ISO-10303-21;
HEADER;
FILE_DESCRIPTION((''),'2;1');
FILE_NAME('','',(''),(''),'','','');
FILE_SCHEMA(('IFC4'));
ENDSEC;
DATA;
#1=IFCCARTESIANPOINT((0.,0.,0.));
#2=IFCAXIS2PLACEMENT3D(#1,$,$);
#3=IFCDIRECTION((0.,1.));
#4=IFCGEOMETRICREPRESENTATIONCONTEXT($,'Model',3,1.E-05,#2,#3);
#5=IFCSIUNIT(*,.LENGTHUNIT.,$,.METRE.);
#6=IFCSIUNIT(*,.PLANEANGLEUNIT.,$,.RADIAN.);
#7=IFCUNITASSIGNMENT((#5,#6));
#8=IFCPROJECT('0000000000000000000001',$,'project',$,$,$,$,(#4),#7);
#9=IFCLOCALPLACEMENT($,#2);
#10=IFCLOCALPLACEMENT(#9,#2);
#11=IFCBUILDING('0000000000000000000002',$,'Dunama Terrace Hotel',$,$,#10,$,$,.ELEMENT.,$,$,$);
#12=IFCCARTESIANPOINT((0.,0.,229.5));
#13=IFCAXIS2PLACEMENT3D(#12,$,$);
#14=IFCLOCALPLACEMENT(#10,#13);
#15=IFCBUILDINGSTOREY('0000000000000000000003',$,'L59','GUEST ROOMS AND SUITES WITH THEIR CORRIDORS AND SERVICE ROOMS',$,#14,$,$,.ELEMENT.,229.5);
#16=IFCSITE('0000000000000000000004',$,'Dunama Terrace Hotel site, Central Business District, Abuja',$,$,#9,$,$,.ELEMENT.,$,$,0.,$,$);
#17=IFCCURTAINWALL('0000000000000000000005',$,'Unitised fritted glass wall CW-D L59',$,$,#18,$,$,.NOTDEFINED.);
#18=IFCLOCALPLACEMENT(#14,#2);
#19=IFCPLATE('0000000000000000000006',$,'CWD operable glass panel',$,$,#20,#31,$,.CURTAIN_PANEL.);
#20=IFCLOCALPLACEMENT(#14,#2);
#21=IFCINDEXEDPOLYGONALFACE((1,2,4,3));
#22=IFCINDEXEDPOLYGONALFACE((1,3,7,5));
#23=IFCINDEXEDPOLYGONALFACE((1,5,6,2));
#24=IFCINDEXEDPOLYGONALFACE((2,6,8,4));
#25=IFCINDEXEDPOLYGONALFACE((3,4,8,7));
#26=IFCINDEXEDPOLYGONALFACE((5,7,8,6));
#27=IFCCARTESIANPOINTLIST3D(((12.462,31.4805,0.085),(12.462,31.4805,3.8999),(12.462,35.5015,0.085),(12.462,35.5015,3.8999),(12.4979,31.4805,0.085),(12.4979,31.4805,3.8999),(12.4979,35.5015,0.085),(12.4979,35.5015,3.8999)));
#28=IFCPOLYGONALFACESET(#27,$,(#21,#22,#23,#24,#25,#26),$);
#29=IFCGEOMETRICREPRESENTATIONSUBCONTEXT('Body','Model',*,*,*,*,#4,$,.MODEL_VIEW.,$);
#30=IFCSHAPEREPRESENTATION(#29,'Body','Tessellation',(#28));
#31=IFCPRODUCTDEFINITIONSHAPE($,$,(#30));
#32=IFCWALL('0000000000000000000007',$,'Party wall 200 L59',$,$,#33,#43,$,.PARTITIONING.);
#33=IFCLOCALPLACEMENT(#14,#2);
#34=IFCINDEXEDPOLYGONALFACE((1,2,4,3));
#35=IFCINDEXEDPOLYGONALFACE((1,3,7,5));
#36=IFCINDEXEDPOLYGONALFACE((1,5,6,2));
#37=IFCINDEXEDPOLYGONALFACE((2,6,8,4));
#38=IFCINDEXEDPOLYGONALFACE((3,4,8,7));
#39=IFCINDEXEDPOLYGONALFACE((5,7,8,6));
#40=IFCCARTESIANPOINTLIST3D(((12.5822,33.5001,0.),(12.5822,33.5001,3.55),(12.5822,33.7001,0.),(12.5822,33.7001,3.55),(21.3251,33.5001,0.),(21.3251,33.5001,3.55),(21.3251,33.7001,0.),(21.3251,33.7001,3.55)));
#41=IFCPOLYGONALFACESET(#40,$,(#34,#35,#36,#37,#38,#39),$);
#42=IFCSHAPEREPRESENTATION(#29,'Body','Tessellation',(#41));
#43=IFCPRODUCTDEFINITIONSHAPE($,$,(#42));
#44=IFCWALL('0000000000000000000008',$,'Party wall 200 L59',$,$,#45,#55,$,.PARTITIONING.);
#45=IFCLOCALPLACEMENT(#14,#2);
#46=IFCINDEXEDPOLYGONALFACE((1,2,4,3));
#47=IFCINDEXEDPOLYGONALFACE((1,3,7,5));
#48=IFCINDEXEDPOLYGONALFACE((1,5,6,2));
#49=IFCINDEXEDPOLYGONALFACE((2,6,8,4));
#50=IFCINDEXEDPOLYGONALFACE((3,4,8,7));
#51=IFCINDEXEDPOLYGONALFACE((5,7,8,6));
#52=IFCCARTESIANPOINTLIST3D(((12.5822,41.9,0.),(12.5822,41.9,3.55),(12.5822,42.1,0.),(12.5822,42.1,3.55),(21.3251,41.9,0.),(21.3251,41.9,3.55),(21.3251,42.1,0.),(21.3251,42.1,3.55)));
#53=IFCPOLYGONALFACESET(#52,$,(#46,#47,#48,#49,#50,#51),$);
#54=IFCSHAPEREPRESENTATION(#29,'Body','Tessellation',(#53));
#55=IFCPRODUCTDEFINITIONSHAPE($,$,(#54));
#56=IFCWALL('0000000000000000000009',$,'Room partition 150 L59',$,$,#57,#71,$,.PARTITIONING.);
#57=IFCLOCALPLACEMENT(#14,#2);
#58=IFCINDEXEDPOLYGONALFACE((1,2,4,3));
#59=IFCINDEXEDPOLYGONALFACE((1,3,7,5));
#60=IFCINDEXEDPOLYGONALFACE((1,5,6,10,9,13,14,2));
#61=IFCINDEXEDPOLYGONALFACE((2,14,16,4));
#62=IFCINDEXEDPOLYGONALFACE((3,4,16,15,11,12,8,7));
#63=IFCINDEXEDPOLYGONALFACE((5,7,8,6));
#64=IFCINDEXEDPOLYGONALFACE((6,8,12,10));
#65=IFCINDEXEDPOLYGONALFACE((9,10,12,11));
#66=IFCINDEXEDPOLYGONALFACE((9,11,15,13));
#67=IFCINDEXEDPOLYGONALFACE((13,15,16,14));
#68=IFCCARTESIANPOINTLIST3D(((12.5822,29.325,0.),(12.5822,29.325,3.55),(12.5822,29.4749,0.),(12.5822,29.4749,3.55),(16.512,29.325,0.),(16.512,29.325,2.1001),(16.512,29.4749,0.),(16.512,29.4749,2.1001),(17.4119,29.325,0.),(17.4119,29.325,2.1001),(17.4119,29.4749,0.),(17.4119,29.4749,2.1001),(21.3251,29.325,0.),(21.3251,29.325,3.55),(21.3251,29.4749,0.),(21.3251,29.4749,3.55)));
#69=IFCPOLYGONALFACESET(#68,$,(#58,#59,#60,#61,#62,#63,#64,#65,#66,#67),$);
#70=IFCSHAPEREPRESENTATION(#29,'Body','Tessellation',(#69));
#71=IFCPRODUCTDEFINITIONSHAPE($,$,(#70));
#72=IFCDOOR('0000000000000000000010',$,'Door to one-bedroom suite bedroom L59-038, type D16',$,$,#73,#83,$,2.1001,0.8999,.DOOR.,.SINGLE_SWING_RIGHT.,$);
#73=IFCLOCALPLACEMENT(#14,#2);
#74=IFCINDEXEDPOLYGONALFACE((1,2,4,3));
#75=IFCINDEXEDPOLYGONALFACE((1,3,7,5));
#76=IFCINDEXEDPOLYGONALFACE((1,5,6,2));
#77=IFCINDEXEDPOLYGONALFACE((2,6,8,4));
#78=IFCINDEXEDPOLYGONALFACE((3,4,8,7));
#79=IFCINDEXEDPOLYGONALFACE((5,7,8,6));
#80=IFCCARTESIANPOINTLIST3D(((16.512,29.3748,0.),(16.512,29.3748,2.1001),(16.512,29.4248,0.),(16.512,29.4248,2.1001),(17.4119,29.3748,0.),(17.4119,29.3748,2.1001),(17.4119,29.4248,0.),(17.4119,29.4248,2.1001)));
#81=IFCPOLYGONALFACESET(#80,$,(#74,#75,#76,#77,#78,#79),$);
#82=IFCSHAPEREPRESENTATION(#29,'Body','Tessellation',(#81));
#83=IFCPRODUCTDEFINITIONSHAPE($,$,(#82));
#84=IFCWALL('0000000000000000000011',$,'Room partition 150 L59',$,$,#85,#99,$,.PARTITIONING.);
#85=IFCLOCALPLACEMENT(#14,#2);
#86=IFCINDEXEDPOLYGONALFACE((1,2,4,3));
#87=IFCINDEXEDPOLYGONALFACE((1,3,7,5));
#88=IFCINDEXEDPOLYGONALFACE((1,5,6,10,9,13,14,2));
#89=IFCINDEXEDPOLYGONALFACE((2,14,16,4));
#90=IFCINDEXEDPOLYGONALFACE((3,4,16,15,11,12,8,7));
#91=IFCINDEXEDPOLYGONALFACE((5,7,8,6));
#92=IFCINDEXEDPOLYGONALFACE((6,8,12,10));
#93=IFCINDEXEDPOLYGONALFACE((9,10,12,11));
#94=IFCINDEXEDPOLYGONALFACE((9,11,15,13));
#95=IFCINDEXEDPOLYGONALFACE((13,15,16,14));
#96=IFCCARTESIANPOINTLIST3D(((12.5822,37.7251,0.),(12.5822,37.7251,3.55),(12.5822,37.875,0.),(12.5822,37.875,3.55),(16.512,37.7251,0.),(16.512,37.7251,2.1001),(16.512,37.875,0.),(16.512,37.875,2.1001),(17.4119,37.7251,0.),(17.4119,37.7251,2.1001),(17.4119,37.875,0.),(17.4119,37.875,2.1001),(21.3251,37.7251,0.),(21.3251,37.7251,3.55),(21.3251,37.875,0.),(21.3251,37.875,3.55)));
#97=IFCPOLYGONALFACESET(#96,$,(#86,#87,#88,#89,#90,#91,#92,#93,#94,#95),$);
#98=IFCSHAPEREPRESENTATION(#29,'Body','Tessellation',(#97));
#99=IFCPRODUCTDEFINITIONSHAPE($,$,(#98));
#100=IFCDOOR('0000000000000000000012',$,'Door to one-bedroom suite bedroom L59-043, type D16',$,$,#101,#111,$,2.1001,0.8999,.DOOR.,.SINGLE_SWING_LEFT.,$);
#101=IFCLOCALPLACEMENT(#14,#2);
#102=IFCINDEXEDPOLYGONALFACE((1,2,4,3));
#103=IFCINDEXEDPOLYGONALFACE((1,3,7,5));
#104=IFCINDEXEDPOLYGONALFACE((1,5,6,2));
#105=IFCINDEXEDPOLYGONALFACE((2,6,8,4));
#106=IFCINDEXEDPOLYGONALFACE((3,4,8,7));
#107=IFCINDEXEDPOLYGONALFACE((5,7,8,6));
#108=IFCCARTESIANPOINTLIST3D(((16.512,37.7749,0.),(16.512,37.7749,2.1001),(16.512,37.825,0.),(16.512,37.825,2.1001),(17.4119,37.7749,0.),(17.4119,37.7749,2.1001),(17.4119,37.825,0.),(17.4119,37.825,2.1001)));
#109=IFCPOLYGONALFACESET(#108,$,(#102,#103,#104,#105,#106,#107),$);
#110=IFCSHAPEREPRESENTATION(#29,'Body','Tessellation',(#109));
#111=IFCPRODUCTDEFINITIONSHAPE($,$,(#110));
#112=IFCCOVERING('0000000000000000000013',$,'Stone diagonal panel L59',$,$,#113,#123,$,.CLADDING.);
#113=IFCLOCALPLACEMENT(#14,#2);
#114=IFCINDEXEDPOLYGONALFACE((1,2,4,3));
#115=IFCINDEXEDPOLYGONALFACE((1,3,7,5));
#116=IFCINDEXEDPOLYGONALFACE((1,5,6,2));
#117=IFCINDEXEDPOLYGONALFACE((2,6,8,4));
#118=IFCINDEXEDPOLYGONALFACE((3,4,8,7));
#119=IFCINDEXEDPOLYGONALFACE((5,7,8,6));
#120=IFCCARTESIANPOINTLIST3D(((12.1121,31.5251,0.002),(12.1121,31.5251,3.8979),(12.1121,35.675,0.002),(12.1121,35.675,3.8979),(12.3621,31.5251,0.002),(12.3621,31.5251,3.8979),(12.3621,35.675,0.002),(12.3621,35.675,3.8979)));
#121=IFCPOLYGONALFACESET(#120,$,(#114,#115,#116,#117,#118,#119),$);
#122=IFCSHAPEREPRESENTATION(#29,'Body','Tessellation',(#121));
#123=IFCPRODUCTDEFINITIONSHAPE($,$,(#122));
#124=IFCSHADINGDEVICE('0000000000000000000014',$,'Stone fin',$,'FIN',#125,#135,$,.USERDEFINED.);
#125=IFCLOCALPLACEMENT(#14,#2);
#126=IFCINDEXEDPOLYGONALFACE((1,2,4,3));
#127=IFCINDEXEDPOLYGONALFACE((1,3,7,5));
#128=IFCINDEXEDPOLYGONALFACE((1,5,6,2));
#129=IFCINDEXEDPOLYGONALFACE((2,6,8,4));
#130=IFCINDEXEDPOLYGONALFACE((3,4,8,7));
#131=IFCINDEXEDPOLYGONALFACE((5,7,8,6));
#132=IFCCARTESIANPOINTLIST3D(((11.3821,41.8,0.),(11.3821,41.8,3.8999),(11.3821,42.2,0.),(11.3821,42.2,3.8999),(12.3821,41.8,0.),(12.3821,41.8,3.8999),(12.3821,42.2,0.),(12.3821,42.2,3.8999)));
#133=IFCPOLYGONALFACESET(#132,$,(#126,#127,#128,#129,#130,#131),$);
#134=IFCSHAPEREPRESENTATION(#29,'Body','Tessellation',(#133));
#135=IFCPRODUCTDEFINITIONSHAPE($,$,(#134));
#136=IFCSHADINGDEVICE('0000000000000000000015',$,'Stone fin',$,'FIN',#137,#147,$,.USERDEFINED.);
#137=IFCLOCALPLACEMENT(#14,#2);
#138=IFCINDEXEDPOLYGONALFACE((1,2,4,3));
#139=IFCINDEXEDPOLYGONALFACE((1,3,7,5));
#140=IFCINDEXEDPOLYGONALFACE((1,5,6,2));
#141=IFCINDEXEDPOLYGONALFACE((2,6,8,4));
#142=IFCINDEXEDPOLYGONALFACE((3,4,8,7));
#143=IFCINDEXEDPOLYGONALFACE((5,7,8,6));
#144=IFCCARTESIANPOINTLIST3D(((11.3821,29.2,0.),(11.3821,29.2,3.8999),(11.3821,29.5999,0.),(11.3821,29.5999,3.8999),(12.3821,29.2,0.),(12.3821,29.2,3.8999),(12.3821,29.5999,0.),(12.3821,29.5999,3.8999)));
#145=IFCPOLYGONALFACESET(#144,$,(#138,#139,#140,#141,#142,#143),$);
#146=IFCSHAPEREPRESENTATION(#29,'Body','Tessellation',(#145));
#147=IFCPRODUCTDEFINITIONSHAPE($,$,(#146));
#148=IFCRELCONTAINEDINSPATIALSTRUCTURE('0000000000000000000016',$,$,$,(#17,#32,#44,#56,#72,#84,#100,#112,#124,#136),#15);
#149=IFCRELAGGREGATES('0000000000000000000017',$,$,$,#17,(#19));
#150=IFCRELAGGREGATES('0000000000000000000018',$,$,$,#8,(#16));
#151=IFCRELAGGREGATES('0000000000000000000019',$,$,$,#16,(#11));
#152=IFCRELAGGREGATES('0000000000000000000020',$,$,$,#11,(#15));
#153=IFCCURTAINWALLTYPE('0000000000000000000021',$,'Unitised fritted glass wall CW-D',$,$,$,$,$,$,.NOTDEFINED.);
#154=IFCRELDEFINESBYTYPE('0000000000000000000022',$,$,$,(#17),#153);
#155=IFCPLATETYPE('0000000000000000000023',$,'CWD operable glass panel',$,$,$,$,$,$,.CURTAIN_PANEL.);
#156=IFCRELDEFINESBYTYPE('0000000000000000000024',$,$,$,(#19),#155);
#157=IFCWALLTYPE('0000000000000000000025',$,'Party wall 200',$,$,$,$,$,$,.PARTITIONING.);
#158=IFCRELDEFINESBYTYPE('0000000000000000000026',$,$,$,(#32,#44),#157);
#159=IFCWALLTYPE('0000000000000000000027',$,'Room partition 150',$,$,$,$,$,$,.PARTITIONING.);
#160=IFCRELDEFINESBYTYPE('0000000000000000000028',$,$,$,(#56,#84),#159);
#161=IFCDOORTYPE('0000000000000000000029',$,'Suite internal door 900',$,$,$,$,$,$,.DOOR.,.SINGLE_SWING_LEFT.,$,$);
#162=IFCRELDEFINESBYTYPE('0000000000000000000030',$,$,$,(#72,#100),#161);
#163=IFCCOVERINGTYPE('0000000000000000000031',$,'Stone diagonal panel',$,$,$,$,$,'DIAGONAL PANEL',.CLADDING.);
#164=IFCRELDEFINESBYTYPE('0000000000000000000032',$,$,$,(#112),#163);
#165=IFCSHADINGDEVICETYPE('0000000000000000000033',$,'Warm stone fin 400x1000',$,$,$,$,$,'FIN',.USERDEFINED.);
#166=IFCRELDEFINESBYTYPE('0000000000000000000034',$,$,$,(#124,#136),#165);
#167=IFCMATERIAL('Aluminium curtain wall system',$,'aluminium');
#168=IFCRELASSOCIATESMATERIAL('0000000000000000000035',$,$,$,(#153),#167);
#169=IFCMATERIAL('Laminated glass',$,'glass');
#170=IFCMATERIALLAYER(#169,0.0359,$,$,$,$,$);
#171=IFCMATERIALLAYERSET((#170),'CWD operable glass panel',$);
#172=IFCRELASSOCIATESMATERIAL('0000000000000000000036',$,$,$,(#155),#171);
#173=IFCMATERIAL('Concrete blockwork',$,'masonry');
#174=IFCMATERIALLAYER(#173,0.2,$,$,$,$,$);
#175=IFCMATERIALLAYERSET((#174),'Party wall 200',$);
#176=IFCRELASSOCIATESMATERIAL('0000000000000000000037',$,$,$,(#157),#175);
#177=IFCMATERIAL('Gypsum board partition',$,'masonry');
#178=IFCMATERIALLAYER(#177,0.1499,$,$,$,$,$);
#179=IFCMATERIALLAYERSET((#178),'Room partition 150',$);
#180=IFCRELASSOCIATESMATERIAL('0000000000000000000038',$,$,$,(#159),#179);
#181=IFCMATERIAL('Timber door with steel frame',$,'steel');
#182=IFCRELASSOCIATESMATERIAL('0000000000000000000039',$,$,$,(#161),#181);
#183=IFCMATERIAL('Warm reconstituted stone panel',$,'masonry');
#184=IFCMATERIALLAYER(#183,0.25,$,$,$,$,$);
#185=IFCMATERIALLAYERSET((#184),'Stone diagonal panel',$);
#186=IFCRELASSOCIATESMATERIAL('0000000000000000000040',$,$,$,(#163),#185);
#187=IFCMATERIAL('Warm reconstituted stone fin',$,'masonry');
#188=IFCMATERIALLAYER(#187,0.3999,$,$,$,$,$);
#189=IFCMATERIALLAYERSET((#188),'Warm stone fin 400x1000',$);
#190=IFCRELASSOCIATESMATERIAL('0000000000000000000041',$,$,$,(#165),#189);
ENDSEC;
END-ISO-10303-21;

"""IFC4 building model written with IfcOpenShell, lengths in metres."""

from ifc_helpers import new_model, si_unit, direction, frame, frame_2d, origin, origin_2d, place, context, subcontext, project, spatial, rectangle, extrude, material, layer, layer_set, type_object, element, fill, aggregate, save


model = new_model("IFC4")

# Units and contexts
model_context = context("Model", 3, precision=1e-05, world=origin(), true_north=direction((0.0, 1.0)))
body_context = subcontext(model_context, "Body", "Model", "MODEL_VIEW")
ifc_project = project(units=[si_unit("LENGTHUNIT", "METRE"), si_unit("PLANEANGLEUNIT", "RADIAN")], contexts=[model_context])

# Site, building, storey
site_placement = place(None, origin())
site = spatial("IfcSite", under=ifc_project, at=site_placement, Name="Dunama Terrace Hotel site, Central Business District, Abuja", CompositionType="ELEMENT", RefElevation=0.0)
building_placement = place(site_placement, origin())
building = spatial("IfcBuilding", under=site, at=building_placement, Name="Dunama Terrace Hotel", CompositionType="ELEMENT")
storey_placement = place(building_placement, frame((0.0, 0.0, 229.5)))
storey = spatial("IfcBuildingStorey", under=building, at=storey_placement, Name="L59", Description="GUEST ROOMS AND SUITES WITH THEIR CORRIDORS AND SERVICE ROOMS", CompositionType="ELEMENT", Elevation=229.5)

# Curtain wall
ifc_material_1 = material(Name="Aluminium curtain wall system", Category="aluminium")
curtain_wall_type = type_object("IfcCurtainWallType", Name="Unitised fritted glass wall CW-D", PredefinedType="NOTDEFINED", material=ifc_material_1)
curtain_wall_placement = place(storey_placement, origin())
curtain_wall = element("IfcCurtainWall", 1, at=curtain_wall_placement, inside=storey, type_object=curtain_wall_type, Name="Unitised fritted glass wall CW-D L59", PredefinedType="NOTDEFINED")

# Plate
ifc_material_2 = material(Name="Laminated glass", Category="glass")
ifc_layer_1 = layer(ifc_material_2, 0.0359)
ifc_layer_set_1 = layer_set([ifc_layer_1], Name="CWD operable glass panel")
plate_type_1 = type_object("IfcPlateType", Name="CWD operable glass panel", PredefinedType="CURTAIN_PANEL", material=ifc_layer_set_1)
plate_1_placement = place(storey_placement, frame((12.48, 33.491, 0.085), z_axis=(0.0, 0.0, 1.0), x_axis=(0.0, -1.0, 0.0)))
plate_1 = element("IfcPlate", 2, at=plate_1_placement, type_object=plate_type_1, Name="CWD operable glass panel", PredefinedType="CURTAIN_PANEL", context=body_context, shape_type="SweptSolid", body=[
    extrude(rectangle(XDim=4.021, YDim=0.0359, at=origin_2d()), origin(), (0.0, 0.0, 1.0), 3.8149),
])
aggregate(curtain_wall, [plate_1])

# Walls
ifc_material_3 = material(Name="Concrete blockwork", Category="masonry")
ifc_layer_2 = layer(ifc_material_3, 0.2)
ifc_layer_set_2 = layer_set([ifc_layer_2], Name="Party wall 200")
wall_type_1 = type_object("IfcWallType", Name="Party wall 200", PredefinedType="PARTITIONING", material=ifc_layer_set_2)
for number, where, z_axis, x_axis, name in (
    (3, (12.582, 33.6001, 0.0), (0.0, 0.0, 1.0), (1.0, 0.0, 0.0), "Party wall 200 L59"),
    (4, (12.582, 42.0, 0.0), (0.0, 0.0, 1.0), (1.0, 0.0, 0.0), "Party wall 200 L59"),
):
    element("IfcWall", number, at=place(storey_placement, frame(where, z_axis=z_axis, x_axis=x_axis)), inside=storey, type_object=wall_type_1, Name=name, PredefinedType="PARTITIONING", context=body_context, shape_type="SweptSolid", body=[
        extrude(rectangle(XDim=8.7429, YDim=0.2, at=frame_2d((4.3716, 0.0))), origin(), (0.0, 0.0, 1.0), 3.55),
    ])

# Walls, openings, doors
ifc_material_4 = material(Name="Gypsum board partition", Category="masonry")
ifc_layer_3 = layer(ifc_material_4, 0.1499)
ifc_layer_set_3 = layer_set([ifc_layer_3], Name="Room partition 150")
wall_type_2 = type_object("IfcWallType", Name="Room partition 150", PredefinedType="PARTITIONING", material=ifc_layer_set_3)
wall_1_placement = place(storey_placement, frame((12.582, 29.3999, 0.0), z_axis=(0.0, 0.0, 1.0), x_axis=(1.0, 0.0, 0.0)))
wall_1 = element("IfcWall", 5, at=wall_1_placement, inside=storey, type_object=wall_type_2, Name="Room partition 150 L59", PredefinedType="PARTITIONING", context=body_context, shape_type="SweptSolid", body=[
    extrude(rectangle(XDim=8.7429, YDim=0.1499, at=frame_2d((4.3716, 0.0))), origin(), (0.0, 0.0, 1.0), 3.55),
])
opening_1_placement = place(wall_1_placement, frame((3.9299, 0.0, 0.0)))
opening_1 = element("IfcOpeningElement", 6, at=opening_1_placement, cuts=wall_1, PredefinedType="OPENING", context=body_context, shape_type="SweptSolid", body=[
    extrude(rectangle(XDim=0.8999, YDim=2.1001, at=frame_2d((0.45, 1.05))), frame((0.0, 0.085, 0.0), z_axis=(0.0, -1.0, 0.0), x_axis=(1.0, 0.0, 0.0)), (0.0, 0.0, 1.0), 0.1699),
])
ifc_material_5 = material(Name="Timber door with steel frame", Category="steel")
door_type = type_object("IfcDoorType", Name="Suite internal door 900", OperationType="SINGLE_SWING_LEFT", PredefinedType="DOOR", material=ifc_material_5)
door_1_placement = place(opening_1_placement, frame((0.8999, 0.0, 0.0), z_axis=(0.0, 0.0, 1.0), x_axis=(-1.0, 0.0, 0.0)))
door_1 = element("IfcDoor", 7, at=door_1_placement, inside=storey, type_object=door_type, Name="Door to one-bedroom suite bedroom L59-038, type D16", OperationType="SINGLE_SWING_RIGHT", OverallHeight=2.1001, OverallWidth=0.8999, PredefinedType="DOOR", context=body_context, shape_type="SweptSolid", body=[
    extrude(rectangle(XDim=0.8999, YDim=2.1001, at=frame_2d((0.45, 1.05))), frame((0.0, 0.0251, 0.0), z_axis=(0.0, -1.0, 0.0), x_axis=(1.0, 0.0, 0.0)), (0.0, 0.0, 1.0), 0.05),
])
fill(opening_1, door_1)
wall_2_placement = place(storey_placement, frame((12.582, 37.8, 0.0), z_axis=(0.0, 0.0, 1.0), x_axis=(1.0, 0.0, 0.0)))
wall_2 = element("IfcWall", 8, at=wall_2_placement, inside=storey, type_object=wall_type_2, Name="Room partition 150 L59", PredefinedType="PARTITIONING", context=body_context, shape_type="SweptSolid", body=[
    extrude(rectangle(XDim=8.7429, YDim=0.1499, at=frame_2d((4.3716, 0.0))), origin(), (0.0, 0.0, 1.0), 3.55),
])
opening_2_placement = place(wall_2_placement, frame((3.9299, 0.0, 0.0)))
opening_2 = element("IfcOpeningElement", 9, at=opening_2_placement, cuts=wall_2, PredefinedType="OPENING", context=body_context, shape_type="SweptSolid", body=[
    extrude(rectangle(XDim=0.8999, YDim=2.1001, at=frame_2d((0.45, 1.05))), frame((0.0, 0.085, 0.0), z_axis=(0.0, -1.0, 0.0), x_axis=(1.0, 0.0, 0.0)), (0.0, 0.0, 1.0), 0.1699),
])
door_2_placement = place(opening_2_placement, origin())
door_2 = element("IfcDoor", 10, at=door_2_placement, inside=storey, type_object=door_type, Name="Door to one-bedroom suite bedroom L59-043, type D16", OperationType="SINGLE_SWING_LEFT", OverallHeight=2.1001, OverallWidth=0.8999, PredefinedType="DOOR", context=body_context, shape_type="SweptSolid", body=[
    extrude(rectangle(XDim=0.8999, YDim=2.1001, at=frame_2d((0.45, 1.05))), frame((0.0, 0.0249, 0.0), z_axis=(0.0, -1.0, 0.0), x_axis=(1.0, 0.0, 0.0)), (0.0, 0.0, 1.0), 0.05),
])
fill(opening_2, door_2)

# Covering
ifc_material_6 = material(Name="Warm reconstituted stone panel", Category="masonry")
ifc_layer_4 = layer(ifc_material_6, 0.25)
ifc_layer_set_4 = layer_set([ifc_layer_4], Name="Stone diagonal panel")
covering_type = type_object("IfcCoveringType", Name="Stone diagonal panel", ElementType="DIAGONAL PANEL", PredefinedType="CLADDING", material=ifc_layer_set_4)
covering_placement = place(storey_placement, frame((12.2371, 33.6001, 0.002), z_axis=(0.0, 0.0, 1.0), x_axis=(0.0, -1.0, 0.0)))
element("IfcCovering", 11, at=covering_placement, inside=storey, type_object=covering_type, Name="Stone diagonal panel L59", PredefinedType="CLADDING", context=body_context, shape_type="SweptSolid", body=[
    extrude(rectangle(XDim=4.1499, YDim=0.25, at=origin_2d()), origin(), (0.0, 0.0, 1.0), 3.896),
])

# Shading devices
ifc_material_7 = material(Name="Warm reconstituted stone fin", Category="masonry")
ifc_layer_5 = layer(ifc_material_7, 0.3999)
ifc_layer_set_5 = layer_set([ifc_layer_5], Name="Warm stone fin 400x1000")
shading_device_type = type_object("IfcShadingDeviceType", Name="Warm stone fin 400x1000", ElementType="FIN", PredefinedType="USERDEFINED", material=ifc_layer_set_5)
for number, where, z_axis, x_axis, name in (
    (12, (11.8821, 42.0, 0.0), (0.0, 0.0, 1.0), (0.0, -1.0, 0.0), "Stone fin"),
    (13, (11.8821, 29.3999, 0.0), (0.0, 0.0, 1.0), (0.0, -1.0, 0.0), "Stone fin"),
):
    element("IfcShadingDevice", number, at=place(storey_placement, frame(where, z_axis=z_axis, x_axis=x_axis)), inside=storey, type_object=shading_device_type, Name=name, ObjectType="FIN", PredefinedType="USERDEFINED", context=body_context, shape_type="SweptSolid", body=[
        extrude(rectangle(XDim=0.3999, YDim=1.0, at=origin_2d()), origin(), (0.0, 0.0, 1.0), 3.8999),
    ])

save(model, "model.ifc")
